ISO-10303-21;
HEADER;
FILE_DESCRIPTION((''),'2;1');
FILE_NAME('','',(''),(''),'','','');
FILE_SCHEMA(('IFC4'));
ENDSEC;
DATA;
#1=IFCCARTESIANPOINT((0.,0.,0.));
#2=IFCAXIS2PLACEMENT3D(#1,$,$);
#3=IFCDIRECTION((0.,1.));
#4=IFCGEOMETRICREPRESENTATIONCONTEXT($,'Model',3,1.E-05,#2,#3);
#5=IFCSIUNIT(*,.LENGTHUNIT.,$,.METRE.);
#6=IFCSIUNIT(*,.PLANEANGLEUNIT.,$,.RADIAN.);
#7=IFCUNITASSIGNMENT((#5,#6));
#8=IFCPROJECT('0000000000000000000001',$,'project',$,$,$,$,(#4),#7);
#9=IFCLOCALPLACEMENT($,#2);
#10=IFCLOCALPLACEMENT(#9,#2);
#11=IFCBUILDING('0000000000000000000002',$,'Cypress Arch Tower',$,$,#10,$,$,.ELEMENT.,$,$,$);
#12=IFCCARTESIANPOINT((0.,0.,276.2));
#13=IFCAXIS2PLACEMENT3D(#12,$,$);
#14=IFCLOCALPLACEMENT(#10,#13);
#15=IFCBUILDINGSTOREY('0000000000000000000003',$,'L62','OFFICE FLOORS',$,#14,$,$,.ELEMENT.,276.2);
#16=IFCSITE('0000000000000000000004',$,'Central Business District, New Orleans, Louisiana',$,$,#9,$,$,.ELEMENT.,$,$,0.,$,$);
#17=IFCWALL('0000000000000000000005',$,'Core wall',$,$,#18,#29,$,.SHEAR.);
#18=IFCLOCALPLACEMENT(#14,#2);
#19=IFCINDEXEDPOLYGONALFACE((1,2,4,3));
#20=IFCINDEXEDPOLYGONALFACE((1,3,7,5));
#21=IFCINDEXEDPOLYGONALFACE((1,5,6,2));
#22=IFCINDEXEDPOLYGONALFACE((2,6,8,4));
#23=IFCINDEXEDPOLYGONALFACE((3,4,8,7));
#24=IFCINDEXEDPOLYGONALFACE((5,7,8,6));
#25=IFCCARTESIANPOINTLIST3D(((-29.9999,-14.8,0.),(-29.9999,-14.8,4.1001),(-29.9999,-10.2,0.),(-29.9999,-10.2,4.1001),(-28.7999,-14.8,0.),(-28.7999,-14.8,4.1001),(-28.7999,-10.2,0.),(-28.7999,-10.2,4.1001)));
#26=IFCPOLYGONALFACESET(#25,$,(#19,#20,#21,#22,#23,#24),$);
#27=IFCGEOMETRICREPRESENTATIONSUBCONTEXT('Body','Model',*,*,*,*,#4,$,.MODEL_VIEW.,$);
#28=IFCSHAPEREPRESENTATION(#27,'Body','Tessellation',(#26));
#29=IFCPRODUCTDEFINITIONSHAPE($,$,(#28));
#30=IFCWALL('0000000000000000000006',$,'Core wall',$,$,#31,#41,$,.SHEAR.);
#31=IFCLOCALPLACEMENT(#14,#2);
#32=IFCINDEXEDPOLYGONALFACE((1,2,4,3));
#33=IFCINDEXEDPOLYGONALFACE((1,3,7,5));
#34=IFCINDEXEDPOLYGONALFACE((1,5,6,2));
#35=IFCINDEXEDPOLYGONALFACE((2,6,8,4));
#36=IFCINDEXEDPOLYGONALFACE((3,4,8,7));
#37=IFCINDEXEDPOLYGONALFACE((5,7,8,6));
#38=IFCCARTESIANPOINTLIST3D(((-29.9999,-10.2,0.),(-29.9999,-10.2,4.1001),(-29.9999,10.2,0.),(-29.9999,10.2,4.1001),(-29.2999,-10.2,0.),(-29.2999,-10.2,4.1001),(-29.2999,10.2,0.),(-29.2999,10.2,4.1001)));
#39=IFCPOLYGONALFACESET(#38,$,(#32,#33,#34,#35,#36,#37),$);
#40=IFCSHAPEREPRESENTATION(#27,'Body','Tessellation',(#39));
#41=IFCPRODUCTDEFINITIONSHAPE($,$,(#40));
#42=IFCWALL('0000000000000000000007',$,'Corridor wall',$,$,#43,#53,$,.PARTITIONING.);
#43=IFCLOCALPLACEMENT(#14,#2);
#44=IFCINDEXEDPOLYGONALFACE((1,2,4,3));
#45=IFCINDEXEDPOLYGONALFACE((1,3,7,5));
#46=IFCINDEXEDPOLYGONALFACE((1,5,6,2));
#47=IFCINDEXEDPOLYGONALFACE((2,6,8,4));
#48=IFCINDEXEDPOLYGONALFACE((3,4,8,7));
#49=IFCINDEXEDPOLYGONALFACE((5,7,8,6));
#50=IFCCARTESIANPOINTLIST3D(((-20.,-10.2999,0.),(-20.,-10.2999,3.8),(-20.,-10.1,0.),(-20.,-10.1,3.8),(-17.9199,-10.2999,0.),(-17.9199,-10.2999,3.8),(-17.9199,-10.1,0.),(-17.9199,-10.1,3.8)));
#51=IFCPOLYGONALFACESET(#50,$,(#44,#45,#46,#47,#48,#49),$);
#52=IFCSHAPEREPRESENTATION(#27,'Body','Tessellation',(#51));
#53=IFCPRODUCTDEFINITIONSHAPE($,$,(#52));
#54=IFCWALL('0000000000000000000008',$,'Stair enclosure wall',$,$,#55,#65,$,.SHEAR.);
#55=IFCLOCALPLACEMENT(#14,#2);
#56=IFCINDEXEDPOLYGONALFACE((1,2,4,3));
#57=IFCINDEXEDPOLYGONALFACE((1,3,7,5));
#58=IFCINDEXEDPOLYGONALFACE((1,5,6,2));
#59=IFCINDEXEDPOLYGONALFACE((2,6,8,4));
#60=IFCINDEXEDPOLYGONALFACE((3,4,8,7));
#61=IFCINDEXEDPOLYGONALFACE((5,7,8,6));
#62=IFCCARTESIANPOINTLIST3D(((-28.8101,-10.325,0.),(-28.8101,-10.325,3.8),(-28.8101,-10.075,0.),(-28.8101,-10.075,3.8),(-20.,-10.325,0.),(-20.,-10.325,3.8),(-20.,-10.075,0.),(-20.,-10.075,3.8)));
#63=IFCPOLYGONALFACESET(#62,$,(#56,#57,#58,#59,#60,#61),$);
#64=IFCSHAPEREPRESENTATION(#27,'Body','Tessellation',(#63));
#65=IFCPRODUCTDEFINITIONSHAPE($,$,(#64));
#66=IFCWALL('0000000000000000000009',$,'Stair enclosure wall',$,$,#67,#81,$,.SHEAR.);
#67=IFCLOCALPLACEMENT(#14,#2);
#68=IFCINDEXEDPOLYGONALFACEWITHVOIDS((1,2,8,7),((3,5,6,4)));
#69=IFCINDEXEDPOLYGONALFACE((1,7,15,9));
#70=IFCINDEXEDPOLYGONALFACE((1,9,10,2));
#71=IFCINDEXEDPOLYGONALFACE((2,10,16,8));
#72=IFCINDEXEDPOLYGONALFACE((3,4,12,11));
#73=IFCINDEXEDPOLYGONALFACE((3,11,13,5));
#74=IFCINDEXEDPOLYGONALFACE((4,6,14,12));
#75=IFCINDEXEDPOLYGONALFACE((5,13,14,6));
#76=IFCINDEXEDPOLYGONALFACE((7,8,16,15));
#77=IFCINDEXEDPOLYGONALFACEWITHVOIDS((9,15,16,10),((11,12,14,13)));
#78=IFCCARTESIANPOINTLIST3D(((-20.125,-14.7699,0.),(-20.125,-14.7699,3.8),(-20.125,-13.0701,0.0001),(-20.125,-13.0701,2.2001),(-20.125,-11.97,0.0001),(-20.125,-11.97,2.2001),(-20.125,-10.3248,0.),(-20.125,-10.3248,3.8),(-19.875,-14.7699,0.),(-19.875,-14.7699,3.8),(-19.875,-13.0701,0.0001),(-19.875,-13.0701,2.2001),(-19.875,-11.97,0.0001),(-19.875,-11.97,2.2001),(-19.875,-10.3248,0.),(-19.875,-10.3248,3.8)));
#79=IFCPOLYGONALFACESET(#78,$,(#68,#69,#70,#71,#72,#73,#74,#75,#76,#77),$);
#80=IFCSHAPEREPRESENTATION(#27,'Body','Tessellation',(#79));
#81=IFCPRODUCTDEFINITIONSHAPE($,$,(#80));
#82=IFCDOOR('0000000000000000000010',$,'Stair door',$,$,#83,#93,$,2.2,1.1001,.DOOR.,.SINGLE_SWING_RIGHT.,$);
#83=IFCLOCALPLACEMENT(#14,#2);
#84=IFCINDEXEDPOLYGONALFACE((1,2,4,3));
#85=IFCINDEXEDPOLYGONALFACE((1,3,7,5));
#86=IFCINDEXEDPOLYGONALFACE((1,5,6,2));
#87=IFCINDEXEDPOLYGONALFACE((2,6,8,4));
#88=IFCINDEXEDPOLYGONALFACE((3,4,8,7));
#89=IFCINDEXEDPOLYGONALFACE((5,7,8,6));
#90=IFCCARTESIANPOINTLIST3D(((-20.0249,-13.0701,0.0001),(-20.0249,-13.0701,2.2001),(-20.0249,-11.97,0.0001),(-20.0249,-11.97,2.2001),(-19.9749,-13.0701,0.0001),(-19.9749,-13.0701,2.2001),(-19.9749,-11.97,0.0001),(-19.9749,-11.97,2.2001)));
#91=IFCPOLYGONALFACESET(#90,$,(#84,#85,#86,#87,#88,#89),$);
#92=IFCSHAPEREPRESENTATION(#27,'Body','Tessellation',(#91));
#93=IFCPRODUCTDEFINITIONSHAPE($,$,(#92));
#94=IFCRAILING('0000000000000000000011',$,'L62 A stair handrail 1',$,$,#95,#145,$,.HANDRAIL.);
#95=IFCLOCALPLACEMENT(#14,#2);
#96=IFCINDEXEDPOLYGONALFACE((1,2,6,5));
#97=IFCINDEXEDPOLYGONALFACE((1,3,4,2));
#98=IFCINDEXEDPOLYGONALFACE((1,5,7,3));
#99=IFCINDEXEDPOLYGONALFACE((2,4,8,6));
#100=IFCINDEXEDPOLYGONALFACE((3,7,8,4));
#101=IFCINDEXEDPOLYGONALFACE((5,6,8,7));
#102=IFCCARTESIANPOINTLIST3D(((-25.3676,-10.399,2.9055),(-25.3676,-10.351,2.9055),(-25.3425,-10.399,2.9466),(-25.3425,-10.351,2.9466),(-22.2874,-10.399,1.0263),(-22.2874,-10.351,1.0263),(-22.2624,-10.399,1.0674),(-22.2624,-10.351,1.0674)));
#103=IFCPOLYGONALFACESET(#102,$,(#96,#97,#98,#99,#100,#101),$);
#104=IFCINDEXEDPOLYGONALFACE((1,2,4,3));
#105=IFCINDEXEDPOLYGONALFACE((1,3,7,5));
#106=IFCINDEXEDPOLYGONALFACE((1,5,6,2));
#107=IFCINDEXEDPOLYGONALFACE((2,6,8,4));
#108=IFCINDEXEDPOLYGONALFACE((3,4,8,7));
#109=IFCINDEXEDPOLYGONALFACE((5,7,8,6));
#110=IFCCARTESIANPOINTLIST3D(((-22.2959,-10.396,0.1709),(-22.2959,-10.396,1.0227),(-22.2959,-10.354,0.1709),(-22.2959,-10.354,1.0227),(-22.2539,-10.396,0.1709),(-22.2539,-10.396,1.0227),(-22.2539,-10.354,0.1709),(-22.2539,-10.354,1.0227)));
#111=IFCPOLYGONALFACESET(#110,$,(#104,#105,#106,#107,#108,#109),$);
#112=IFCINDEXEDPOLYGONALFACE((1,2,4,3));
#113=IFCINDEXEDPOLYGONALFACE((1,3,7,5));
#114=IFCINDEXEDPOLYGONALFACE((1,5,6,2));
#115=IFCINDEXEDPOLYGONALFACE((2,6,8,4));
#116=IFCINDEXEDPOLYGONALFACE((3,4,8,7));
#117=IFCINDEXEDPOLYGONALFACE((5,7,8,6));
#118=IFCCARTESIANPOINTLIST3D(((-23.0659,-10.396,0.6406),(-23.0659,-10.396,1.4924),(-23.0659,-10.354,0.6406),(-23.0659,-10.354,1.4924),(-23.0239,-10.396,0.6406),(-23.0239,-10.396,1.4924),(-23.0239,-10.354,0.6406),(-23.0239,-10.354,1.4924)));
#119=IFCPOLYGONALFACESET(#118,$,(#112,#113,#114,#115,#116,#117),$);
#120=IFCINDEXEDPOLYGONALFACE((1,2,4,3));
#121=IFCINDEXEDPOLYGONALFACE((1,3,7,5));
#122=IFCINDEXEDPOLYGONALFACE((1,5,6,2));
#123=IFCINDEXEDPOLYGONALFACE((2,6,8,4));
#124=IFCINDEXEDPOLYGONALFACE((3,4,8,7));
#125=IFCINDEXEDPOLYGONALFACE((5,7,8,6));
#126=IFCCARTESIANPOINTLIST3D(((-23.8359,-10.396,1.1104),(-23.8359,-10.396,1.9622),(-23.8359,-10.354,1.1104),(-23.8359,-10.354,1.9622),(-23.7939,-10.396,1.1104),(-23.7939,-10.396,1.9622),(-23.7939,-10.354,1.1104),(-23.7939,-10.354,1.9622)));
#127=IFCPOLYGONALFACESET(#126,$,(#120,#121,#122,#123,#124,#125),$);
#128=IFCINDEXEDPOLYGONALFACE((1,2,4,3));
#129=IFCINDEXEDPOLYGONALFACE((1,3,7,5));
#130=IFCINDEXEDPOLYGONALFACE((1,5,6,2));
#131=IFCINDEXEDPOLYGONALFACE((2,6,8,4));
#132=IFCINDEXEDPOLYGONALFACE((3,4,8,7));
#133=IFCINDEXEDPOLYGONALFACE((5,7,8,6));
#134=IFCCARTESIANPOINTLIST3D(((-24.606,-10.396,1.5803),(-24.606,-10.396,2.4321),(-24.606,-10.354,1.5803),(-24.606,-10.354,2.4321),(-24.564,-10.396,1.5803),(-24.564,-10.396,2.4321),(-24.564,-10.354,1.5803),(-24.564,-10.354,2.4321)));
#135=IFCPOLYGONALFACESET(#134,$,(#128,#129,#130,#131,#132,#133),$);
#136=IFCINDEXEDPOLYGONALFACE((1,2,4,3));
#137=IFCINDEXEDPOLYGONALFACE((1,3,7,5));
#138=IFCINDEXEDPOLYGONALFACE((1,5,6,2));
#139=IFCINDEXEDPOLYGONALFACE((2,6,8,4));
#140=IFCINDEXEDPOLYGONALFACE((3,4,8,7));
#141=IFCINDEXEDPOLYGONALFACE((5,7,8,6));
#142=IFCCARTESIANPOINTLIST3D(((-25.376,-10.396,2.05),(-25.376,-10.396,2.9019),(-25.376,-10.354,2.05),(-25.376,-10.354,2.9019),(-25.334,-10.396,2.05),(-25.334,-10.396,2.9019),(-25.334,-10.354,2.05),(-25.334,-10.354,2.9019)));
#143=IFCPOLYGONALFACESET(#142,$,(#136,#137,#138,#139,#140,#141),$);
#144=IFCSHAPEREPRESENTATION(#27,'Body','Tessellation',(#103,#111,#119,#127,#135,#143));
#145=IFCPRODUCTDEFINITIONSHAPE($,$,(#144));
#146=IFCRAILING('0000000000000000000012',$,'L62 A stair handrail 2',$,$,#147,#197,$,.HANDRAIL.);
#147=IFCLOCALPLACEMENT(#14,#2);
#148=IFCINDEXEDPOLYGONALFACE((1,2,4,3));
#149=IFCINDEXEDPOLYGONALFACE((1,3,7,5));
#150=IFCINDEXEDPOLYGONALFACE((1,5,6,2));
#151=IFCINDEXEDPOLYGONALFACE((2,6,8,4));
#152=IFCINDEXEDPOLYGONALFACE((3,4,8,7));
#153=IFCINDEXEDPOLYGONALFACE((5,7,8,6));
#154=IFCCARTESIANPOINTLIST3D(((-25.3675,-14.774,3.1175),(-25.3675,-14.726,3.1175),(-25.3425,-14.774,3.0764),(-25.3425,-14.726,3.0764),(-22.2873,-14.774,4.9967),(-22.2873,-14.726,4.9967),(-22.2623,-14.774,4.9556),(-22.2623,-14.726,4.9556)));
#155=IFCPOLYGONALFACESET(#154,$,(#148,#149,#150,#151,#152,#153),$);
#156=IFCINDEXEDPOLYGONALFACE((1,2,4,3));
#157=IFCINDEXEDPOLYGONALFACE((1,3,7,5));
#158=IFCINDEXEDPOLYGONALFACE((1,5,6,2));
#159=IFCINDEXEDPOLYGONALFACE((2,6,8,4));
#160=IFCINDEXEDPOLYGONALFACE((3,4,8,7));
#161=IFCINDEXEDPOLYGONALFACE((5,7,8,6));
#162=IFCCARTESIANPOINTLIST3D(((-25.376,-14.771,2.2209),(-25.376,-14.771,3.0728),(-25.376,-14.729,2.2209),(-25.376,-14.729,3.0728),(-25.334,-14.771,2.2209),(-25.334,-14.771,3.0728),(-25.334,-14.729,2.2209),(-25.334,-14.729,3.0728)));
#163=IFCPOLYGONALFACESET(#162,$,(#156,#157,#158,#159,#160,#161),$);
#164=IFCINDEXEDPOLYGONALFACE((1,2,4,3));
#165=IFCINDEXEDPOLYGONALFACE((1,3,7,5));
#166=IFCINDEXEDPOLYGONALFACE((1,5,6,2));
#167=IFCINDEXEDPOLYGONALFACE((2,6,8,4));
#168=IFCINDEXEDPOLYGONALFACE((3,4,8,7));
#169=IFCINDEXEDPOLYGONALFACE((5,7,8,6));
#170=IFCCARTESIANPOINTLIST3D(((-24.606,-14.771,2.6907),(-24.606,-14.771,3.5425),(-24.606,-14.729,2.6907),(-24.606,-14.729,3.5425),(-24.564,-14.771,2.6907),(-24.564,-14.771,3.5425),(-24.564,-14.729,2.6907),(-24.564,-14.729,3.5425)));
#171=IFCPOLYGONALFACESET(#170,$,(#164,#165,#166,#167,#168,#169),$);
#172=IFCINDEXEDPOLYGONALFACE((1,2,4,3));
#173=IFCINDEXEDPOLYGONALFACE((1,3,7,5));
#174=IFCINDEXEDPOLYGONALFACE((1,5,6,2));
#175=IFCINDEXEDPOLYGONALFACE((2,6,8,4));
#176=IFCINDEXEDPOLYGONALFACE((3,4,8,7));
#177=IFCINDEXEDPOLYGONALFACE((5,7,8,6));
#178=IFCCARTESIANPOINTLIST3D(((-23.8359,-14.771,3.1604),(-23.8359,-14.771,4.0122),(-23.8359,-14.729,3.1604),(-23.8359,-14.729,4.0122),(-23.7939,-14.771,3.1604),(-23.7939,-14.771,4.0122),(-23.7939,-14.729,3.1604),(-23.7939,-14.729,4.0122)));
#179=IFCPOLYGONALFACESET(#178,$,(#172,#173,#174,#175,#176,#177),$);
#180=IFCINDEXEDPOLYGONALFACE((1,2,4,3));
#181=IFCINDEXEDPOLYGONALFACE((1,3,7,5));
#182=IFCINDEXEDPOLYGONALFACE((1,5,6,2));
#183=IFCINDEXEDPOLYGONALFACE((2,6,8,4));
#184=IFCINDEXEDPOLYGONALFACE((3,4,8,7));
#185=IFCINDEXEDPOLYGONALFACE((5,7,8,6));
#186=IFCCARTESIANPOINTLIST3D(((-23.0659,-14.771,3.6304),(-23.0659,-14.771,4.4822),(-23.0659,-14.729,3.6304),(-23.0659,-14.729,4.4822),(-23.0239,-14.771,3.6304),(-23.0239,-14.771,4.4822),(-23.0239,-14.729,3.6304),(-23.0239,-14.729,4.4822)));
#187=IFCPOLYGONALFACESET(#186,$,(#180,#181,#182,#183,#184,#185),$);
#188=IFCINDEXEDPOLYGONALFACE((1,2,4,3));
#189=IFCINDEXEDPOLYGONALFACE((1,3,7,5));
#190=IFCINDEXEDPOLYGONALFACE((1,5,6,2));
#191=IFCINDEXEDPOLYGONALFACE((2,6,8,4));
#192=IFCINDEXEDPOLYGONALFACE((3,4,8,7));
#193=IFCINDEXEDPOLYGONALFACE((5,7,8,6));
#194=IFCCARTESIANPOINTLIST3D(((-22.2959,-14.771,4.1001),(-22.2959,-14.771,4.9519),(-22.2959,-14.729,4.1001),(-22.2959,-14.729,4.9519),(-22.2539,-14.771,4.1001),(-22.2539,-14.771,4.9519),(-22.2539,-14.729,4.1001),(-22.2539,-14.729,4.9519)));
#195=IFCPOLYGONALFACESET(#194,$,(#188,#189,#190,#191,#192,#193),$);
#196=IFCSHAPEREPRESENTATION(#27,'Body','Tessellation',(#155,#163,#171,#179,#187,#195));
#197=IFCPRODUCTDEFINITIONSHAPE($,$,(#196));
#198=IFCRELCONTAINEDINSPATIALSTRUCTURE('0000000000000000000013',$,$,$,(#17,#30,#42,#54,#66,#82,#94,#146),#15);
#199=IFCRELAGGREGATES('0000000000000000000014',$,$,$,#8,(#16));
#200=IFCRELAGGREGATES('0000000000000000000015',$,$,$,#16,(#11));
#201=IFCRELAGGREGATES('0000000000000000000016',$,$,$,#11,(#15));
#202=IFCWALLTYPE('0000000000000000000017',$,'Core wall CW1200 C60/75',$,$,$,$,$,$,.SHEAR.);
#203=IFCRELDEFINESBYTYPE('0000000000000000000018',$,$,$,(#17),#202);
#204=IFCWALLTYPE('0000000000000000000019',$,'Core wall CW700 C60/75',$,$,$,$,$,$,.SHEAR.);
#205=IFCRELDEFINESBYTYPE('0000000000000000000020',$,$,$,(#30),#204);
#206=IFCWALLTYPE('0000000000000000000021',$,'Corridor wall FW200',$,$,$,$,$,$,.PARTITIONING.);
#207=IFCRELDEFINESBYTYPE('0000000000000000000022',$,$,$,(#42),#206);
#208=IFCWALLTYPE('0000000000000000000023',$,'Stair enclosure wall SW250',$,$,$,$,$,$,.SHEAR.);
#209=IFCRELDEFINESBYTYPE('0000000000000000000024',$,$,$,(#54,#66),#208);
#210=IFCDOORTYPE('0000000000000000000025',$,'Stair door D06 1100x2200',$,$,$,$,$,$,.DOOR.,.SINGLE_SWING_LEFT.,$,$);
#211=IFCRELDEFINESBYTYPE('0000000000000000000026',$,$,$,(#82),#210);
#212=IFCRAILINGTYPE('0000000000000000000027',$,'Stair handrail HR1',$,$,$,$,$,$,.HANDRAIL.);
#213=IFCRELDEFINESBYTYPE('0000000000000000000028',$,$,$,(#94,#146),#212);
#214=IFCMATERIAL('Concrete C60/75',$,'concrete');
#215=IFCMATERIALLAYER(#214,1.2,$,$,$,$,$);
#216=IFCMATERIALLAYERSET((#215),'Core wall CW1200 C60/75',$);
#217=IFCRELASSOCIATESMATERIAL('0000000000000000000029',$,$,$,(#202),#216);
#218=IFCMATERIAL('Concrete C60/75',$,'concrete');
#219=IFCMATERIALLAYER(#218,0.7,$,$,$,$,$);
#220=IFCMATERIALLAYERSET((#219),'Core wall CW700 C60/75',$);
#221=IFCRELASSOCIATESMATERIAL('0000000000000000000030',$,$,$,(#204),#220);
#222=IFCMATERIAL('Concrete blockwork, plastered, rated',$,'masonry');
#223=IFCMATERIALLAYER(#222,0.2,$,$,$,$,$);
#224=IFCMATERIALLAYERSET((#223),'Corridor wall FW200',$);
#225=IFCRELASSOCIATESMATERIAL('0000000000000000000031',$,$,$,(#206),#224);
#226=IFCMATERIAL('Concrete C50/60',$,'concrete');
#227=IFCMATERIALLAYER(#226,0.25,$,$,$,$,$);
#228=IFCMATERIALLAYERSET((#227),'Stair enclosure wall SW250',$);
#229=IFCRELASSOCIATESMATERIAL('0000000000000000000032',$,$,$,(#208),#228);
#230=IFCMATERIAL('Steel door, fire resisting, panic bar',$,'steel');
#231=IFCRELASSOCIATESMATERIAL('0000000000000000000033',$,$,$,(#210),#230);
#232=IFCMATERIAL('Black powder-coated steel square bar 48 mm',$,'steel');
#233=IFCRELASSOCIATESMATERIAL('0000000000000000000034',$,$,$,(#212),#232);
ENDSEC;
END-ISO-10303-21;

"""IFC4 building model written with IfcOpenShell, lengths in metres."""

from ifc_helpers import new_model, si_unit, direction, frame, frame_2d, origin, origin_2d, place, context, subcontext, project, spatial, rectangle, extrude, material, layer, layer_set, type_object, element, fill, save


model = new_model("IFC4")

# Units and contexts
model_context = context("Model", 3, precision=1e-05, world=origin(), true_north=direction((0.0, 1.0)))
body_context = subcontext(model_context, "Body", "Model", "MODEL_VIEW")
ifc_project = project(units=[si_unit("LENGTHUNIT", "METRE"), si_unit("PLANEANGLEUNIT", "RADIAN")], contexts=[model_context])

# Site, building, storey
site_placement = place(None, origin())
site = spatial("IfcSite", under=ifc_project, at=site_placement, Name="Central Business District, New Orleans, Louisiana", CompositionType="ELEMENT", RefElevation=0.0)
building_placement = place(site_placement, origin())
building = spatial("IfcBuilding", under=site, at=building_placement, Name="Cypress Arch Tower", CompositionType="ELEMENT")
storey_placement = place(building_placement, frame((0.0, 0.0, 276.2)))
storey = spatial("IfcBuildingStorey", under=building, at=storey_placement, Name="L62", Description="OFFICE FLOORS", CompositionType="ELEMENT", Elevation=276.2)

# Walls
ifc_material_1 = material(Name="Concrete C60/75", Category="concrete")
ifc_layer_1 = layer(ifc_material_1, 1.2)
ifc_layer_set_1 = layer_set([ifc_layer_1], Name="Core wall CW1200 C60/75")
wall_type_1 = type_object("IfcWallType", Name="Core wall CW1200 C60/75", PredefinedType="SHEAR", material=ifc_layer_set_1)
wall_1_placement = place(storey_placement, frame((-29.3999, -14.8, 0.0), z_axis=(0.0, 0.0, 1.0), x_axis=(0.0, 1.0, 0.0)))
element("IfcWall", 1, at=wall_1_placement, inside=storey, type_object=wall_type_1, Name="Core wall", PredefinedType="SHEAR", context=body_context, shape_type="SweptSolid", body=[
    extrude(rectangle(XDim=4.6001, YDim=1.2, at=frame_2d((2.3, 0.0))), origin(), (0.0, 0.0, 1.0), 4.1001),
])
ifc_material_2 = material(Name="Concrete C60/75", Category="concrete")
ifc_layer_2 = layer(ifc_material_2, 0.7)
ifc_layer_set_2 = layer_set([ifc_layer_2], Name="Core wall CW700 C60/75")
wall_type_2 = type_object("IfcWallType", Name="Core wall CW700 C60/75", PredefinedType="SHEAR", material=ifc_layer_set_2)
wall_2_placement = place(storey_placement, frame((-29.6499, -10.2, 0.0), z_axis=(0.0, 0.0, 1.0), x_axis=(0.0, 1.0, 0.0)))
element("IfcWall", 2, at=wall_2_placement, inside=storey, type_object=wall_type_2, Name="Core wall", PredefinedType="SHEAR", context=body_context, shape_type="SweptSolid", body=[
    extrude(rectangle(XDim=20.3999, YDim=0.7, at=frame_2d((10.2, 0.0))), origin(), (0.0, 0.0, 1.0), 4.1001),
])
ifc_material_3 = material(Name="Concrete blockwork, plastered, rated", Category="masonry")
ifc_layer_3 = layer(ifc_material_3, 0.2)
ifc_layer_set_3 = layer_set([ifc_layer_3], Name="Corridor wall FW200")
wall_type_3 = type_object("IfcWallType", Name="Corridor wall FW200", PredefinedType="PARTITIONING", material=ifc_layer_set_3)
wall_3_placement = place(storey_placement, frame((-20.0, -10.2, 0.0), z_axis=(0.0, 0.0, 1.0), x_axis=(1.0, 0.0, 0.0)))
element("IfcWall", 3, at=wall_3_placement, inside=storey, type_object=wall_type_3, Name="Corridor wall", PredefinedType="PARTITIONING", context=body_context, shape_type="SweptSolid", body=[
    extrude(rectangle(XDim=2.0801, YDim=0.2, at=frame_2d((1.04, 0.0))), origin(), (0.0, 0.0, 1.0), 3.8),
])
ifc_material_4 = material(Name="Concrete C50/60", Category="concrete")
ifc_layer_4 = layer(ifc_material_4, 0.25)
ifc_layer_set_4 = layer_set([ifc_layer_4], Name="Stair enclosure wall SW250")
wall_type_4 = type_object("IfcWallType", Name="Stair enclosure wall SW250", PredefinedType="SHEAR", material=ifc_layer_set_4)
wall_4_placement = place(storey_placement, frame((-28.8101, -10.2, 0.0), z_axis=(0.0, 0.0, 1.0), x_axis=(1.0, 0.0, 0.0)))
element("IfcWall", 4, at=wall_4_placement, inside=storey, type_object=wall_type_4, Name="Stair enclosure wall", PredefinedType="SHEAR", context=body_context, shape_type="SweptSolid", body=[
    extrude(rectangle(XDim=8.8101, YDim=0.25, at=frame_2d((4.405, 0.0))), origin(), (0.0, 0.0, 1.0), 3.8),
])

# Wall, opening, door
wall_5_placement = place(storey_placement, frame((-20.0, -14.77, 0.0), z_axis=(0.0, 0.0, 1.0), x_axis=(0.0, 1.0, 0.0)))
wall_5 = element("IfcWall", 5, at=wall_5_placement, inside=storey, type_object=wall_type_4, Name="Stair enclosure wall", PredefinedType="SHEAR", context=body_context, shape_type="SweptSolid", body=[
    extrude(rectangle(XDim=4.4451, YDim=0.25, at=frame_2d((2.2227, 0.0))), origin(), (0.0, 0.0, 1.0), 3.8),
])
opening_1_placement = place(wall_5_placement, frame((1.7, 0.0, 0.0)))
opening_1 = element("IfcOpeningElement", 6, at=opening_1_placement, cuts=wall_5, PredefinedType="OPENING", context=body_context, shape_type="SweptSolid", body=[
    extrude(rectangle(XDim=1.1001, YDim=2.2, at=frame_2d((0.55, 1.1001))), frame((0.0, 0.135, 0.0), z_axis=(0.0, -1.0, 0.0), x_axis=(1.0, 0.0, 0.0)), (0.0, 0.0, 1.0), 0.27),
])
ifc_material_5 = material(Name="Steel door, fire resisting, panic bar", Category="steel")
door_type = type_object("IfcDoorType", Name="Stair door D06 1100x2200", OperationType="SINGLE_SWING_LEFT", PredefinedType="DOOR", material=ifc_material_5)
door_placement = place(opening_1_placement, origin())
door = element("IfcDoor", 7, at=door_placement, inside=storey, type_object=door_type, Name="Stair door", OperationType="SINGLE_SWING_RIGHT", OverallHeight=2.2, OverallWidth=1.1001, PredefinedType="DOOR", context=body_context, shape_type="SweptSolid", body=[
    extrude(rectangle(XDim=1.1001, YDim=2.2, at=frame_2d((0.55, 1.1001))), frame((0.0, 0.0249, 0.0), z_axis=(0.0, -1.0, 0.0), x_axis=(1.0, 0.0, 0.0)), (0.0, 0.0, 1.0), 0.05),
])
fill(opening_1, door)

# Railings
ifc_material_6 = material(Name="Black powder-coated steel square bar 48 mm", Category="steel")
railing_type_1 = type_object("IfcRailingType", Name="Stair handrail HR1", PredefinedType="HANDRAIL", material=ifc_material_6)
railing_1_placement = place(storey_placement, frame((-22.2749, -10.375, 0.1709)))
element("IfcRailing", 8, at=railing_1_placement, inside=storey, type_object=railing_type_1, Name="L62 A stair handrail 1", PredefinedType="HANDRAIL", context=body_context, shape_type="SweptSolid", body=[
    extrude(rectangle(XDim=0.0481, YDim=0.0481, at=origin_2d()), frame((0.0, 0.0, 0.876), z_axis=(-0.853666, 0.0, 0.52082), x_axis=(0.0, -1.0, 0.0)), (0.0, 0.0, 1.0), 3.6082),
    extrude(rectangle(XDim=0.042, YDim=0.042, at=origin_2d()), origin(), (0.0, 0.0, 1.0), 0.8518),
    extrude(rectangle(XDim=0.042, YDim=0.042, at=origin_2d()), frame((-0.77, 0.0, 0.4697)), (0.0, 0.0, 1.0), 0.8518),
    extrude(rectangle(XDim=0.042, YDim=0.042, at=origin_2d()), frame((-1.54, 0.0, 0.9395)), (0.0, 0.0, 1.0), 0.8518),
    extrude(rectangle(XDim=0.042, YDim=0.042, at=origin_2d()), frame((-2.3101, 0.0, 1.4094)), (0.0, 0.0, 1.0), 0.8518),
    extrude(rectangle(XDim=0.042, YDim=0.042, at=origin_2d()), frame((-3.0801, 0.0, 1.8792)), (0.0, 0.0, 1.0), 0.8518),
])
railing_2_placement = place(storey_placement, frame((-25.355, -14.75, 2.2209)))
element("IfcRailing", 9, at=railing_2_placement, inside=storey, type_object=railing_type_1, Name="L62 A stair handrail 2", PredefinedType="HANDRAIL", context=body_context, shape_type="SweptSolid", body=[
    extrude(rectangle(XDim=0.0481, YDim=0.0481, at=origin_2d()), frame((0.0, 0.0, 0.876), z_axis=(0.853666, 0.0, 0.52082), x_axis=(0.0, 1.0, 0.0)), (0.0, 0.0, 1.0), 3.6082),
    extrude(rectangle(XDim=0.042, YDim=0.042, at=origin_2d()), origin(), (0.0, 0.0, 1.0), 0.8518),
    extrude(rectangle(XDim=0.042, YDim=0.042, at=origin_2d()), frame((0.77, 0.0, 0.4697)), (0.0, 0.0, 1.0), 0.8518),
    extrude(rectangle(XDim=0.042, YDim=0.042, at=origin_2d()), frame((1.54, 0.0, 0.9395)), (0.0, 0.0, 1.0), 0.8518),
    extrude(rectangle(XDim=0.042, YDim=0.042, at=origin_2d()), frame((2.3101, 0.0, 1.4094)), (0.0, 0.0, 1.0), 0.8518),
    extrude(rectangle(XDim=0.042, YDim=0.042, at=origin_2d()), frame((3.0801, 0.0, 1.8792)), (0.0, 0.0, 1.0), 0.8518),
])

save(model, "model.ifc")
